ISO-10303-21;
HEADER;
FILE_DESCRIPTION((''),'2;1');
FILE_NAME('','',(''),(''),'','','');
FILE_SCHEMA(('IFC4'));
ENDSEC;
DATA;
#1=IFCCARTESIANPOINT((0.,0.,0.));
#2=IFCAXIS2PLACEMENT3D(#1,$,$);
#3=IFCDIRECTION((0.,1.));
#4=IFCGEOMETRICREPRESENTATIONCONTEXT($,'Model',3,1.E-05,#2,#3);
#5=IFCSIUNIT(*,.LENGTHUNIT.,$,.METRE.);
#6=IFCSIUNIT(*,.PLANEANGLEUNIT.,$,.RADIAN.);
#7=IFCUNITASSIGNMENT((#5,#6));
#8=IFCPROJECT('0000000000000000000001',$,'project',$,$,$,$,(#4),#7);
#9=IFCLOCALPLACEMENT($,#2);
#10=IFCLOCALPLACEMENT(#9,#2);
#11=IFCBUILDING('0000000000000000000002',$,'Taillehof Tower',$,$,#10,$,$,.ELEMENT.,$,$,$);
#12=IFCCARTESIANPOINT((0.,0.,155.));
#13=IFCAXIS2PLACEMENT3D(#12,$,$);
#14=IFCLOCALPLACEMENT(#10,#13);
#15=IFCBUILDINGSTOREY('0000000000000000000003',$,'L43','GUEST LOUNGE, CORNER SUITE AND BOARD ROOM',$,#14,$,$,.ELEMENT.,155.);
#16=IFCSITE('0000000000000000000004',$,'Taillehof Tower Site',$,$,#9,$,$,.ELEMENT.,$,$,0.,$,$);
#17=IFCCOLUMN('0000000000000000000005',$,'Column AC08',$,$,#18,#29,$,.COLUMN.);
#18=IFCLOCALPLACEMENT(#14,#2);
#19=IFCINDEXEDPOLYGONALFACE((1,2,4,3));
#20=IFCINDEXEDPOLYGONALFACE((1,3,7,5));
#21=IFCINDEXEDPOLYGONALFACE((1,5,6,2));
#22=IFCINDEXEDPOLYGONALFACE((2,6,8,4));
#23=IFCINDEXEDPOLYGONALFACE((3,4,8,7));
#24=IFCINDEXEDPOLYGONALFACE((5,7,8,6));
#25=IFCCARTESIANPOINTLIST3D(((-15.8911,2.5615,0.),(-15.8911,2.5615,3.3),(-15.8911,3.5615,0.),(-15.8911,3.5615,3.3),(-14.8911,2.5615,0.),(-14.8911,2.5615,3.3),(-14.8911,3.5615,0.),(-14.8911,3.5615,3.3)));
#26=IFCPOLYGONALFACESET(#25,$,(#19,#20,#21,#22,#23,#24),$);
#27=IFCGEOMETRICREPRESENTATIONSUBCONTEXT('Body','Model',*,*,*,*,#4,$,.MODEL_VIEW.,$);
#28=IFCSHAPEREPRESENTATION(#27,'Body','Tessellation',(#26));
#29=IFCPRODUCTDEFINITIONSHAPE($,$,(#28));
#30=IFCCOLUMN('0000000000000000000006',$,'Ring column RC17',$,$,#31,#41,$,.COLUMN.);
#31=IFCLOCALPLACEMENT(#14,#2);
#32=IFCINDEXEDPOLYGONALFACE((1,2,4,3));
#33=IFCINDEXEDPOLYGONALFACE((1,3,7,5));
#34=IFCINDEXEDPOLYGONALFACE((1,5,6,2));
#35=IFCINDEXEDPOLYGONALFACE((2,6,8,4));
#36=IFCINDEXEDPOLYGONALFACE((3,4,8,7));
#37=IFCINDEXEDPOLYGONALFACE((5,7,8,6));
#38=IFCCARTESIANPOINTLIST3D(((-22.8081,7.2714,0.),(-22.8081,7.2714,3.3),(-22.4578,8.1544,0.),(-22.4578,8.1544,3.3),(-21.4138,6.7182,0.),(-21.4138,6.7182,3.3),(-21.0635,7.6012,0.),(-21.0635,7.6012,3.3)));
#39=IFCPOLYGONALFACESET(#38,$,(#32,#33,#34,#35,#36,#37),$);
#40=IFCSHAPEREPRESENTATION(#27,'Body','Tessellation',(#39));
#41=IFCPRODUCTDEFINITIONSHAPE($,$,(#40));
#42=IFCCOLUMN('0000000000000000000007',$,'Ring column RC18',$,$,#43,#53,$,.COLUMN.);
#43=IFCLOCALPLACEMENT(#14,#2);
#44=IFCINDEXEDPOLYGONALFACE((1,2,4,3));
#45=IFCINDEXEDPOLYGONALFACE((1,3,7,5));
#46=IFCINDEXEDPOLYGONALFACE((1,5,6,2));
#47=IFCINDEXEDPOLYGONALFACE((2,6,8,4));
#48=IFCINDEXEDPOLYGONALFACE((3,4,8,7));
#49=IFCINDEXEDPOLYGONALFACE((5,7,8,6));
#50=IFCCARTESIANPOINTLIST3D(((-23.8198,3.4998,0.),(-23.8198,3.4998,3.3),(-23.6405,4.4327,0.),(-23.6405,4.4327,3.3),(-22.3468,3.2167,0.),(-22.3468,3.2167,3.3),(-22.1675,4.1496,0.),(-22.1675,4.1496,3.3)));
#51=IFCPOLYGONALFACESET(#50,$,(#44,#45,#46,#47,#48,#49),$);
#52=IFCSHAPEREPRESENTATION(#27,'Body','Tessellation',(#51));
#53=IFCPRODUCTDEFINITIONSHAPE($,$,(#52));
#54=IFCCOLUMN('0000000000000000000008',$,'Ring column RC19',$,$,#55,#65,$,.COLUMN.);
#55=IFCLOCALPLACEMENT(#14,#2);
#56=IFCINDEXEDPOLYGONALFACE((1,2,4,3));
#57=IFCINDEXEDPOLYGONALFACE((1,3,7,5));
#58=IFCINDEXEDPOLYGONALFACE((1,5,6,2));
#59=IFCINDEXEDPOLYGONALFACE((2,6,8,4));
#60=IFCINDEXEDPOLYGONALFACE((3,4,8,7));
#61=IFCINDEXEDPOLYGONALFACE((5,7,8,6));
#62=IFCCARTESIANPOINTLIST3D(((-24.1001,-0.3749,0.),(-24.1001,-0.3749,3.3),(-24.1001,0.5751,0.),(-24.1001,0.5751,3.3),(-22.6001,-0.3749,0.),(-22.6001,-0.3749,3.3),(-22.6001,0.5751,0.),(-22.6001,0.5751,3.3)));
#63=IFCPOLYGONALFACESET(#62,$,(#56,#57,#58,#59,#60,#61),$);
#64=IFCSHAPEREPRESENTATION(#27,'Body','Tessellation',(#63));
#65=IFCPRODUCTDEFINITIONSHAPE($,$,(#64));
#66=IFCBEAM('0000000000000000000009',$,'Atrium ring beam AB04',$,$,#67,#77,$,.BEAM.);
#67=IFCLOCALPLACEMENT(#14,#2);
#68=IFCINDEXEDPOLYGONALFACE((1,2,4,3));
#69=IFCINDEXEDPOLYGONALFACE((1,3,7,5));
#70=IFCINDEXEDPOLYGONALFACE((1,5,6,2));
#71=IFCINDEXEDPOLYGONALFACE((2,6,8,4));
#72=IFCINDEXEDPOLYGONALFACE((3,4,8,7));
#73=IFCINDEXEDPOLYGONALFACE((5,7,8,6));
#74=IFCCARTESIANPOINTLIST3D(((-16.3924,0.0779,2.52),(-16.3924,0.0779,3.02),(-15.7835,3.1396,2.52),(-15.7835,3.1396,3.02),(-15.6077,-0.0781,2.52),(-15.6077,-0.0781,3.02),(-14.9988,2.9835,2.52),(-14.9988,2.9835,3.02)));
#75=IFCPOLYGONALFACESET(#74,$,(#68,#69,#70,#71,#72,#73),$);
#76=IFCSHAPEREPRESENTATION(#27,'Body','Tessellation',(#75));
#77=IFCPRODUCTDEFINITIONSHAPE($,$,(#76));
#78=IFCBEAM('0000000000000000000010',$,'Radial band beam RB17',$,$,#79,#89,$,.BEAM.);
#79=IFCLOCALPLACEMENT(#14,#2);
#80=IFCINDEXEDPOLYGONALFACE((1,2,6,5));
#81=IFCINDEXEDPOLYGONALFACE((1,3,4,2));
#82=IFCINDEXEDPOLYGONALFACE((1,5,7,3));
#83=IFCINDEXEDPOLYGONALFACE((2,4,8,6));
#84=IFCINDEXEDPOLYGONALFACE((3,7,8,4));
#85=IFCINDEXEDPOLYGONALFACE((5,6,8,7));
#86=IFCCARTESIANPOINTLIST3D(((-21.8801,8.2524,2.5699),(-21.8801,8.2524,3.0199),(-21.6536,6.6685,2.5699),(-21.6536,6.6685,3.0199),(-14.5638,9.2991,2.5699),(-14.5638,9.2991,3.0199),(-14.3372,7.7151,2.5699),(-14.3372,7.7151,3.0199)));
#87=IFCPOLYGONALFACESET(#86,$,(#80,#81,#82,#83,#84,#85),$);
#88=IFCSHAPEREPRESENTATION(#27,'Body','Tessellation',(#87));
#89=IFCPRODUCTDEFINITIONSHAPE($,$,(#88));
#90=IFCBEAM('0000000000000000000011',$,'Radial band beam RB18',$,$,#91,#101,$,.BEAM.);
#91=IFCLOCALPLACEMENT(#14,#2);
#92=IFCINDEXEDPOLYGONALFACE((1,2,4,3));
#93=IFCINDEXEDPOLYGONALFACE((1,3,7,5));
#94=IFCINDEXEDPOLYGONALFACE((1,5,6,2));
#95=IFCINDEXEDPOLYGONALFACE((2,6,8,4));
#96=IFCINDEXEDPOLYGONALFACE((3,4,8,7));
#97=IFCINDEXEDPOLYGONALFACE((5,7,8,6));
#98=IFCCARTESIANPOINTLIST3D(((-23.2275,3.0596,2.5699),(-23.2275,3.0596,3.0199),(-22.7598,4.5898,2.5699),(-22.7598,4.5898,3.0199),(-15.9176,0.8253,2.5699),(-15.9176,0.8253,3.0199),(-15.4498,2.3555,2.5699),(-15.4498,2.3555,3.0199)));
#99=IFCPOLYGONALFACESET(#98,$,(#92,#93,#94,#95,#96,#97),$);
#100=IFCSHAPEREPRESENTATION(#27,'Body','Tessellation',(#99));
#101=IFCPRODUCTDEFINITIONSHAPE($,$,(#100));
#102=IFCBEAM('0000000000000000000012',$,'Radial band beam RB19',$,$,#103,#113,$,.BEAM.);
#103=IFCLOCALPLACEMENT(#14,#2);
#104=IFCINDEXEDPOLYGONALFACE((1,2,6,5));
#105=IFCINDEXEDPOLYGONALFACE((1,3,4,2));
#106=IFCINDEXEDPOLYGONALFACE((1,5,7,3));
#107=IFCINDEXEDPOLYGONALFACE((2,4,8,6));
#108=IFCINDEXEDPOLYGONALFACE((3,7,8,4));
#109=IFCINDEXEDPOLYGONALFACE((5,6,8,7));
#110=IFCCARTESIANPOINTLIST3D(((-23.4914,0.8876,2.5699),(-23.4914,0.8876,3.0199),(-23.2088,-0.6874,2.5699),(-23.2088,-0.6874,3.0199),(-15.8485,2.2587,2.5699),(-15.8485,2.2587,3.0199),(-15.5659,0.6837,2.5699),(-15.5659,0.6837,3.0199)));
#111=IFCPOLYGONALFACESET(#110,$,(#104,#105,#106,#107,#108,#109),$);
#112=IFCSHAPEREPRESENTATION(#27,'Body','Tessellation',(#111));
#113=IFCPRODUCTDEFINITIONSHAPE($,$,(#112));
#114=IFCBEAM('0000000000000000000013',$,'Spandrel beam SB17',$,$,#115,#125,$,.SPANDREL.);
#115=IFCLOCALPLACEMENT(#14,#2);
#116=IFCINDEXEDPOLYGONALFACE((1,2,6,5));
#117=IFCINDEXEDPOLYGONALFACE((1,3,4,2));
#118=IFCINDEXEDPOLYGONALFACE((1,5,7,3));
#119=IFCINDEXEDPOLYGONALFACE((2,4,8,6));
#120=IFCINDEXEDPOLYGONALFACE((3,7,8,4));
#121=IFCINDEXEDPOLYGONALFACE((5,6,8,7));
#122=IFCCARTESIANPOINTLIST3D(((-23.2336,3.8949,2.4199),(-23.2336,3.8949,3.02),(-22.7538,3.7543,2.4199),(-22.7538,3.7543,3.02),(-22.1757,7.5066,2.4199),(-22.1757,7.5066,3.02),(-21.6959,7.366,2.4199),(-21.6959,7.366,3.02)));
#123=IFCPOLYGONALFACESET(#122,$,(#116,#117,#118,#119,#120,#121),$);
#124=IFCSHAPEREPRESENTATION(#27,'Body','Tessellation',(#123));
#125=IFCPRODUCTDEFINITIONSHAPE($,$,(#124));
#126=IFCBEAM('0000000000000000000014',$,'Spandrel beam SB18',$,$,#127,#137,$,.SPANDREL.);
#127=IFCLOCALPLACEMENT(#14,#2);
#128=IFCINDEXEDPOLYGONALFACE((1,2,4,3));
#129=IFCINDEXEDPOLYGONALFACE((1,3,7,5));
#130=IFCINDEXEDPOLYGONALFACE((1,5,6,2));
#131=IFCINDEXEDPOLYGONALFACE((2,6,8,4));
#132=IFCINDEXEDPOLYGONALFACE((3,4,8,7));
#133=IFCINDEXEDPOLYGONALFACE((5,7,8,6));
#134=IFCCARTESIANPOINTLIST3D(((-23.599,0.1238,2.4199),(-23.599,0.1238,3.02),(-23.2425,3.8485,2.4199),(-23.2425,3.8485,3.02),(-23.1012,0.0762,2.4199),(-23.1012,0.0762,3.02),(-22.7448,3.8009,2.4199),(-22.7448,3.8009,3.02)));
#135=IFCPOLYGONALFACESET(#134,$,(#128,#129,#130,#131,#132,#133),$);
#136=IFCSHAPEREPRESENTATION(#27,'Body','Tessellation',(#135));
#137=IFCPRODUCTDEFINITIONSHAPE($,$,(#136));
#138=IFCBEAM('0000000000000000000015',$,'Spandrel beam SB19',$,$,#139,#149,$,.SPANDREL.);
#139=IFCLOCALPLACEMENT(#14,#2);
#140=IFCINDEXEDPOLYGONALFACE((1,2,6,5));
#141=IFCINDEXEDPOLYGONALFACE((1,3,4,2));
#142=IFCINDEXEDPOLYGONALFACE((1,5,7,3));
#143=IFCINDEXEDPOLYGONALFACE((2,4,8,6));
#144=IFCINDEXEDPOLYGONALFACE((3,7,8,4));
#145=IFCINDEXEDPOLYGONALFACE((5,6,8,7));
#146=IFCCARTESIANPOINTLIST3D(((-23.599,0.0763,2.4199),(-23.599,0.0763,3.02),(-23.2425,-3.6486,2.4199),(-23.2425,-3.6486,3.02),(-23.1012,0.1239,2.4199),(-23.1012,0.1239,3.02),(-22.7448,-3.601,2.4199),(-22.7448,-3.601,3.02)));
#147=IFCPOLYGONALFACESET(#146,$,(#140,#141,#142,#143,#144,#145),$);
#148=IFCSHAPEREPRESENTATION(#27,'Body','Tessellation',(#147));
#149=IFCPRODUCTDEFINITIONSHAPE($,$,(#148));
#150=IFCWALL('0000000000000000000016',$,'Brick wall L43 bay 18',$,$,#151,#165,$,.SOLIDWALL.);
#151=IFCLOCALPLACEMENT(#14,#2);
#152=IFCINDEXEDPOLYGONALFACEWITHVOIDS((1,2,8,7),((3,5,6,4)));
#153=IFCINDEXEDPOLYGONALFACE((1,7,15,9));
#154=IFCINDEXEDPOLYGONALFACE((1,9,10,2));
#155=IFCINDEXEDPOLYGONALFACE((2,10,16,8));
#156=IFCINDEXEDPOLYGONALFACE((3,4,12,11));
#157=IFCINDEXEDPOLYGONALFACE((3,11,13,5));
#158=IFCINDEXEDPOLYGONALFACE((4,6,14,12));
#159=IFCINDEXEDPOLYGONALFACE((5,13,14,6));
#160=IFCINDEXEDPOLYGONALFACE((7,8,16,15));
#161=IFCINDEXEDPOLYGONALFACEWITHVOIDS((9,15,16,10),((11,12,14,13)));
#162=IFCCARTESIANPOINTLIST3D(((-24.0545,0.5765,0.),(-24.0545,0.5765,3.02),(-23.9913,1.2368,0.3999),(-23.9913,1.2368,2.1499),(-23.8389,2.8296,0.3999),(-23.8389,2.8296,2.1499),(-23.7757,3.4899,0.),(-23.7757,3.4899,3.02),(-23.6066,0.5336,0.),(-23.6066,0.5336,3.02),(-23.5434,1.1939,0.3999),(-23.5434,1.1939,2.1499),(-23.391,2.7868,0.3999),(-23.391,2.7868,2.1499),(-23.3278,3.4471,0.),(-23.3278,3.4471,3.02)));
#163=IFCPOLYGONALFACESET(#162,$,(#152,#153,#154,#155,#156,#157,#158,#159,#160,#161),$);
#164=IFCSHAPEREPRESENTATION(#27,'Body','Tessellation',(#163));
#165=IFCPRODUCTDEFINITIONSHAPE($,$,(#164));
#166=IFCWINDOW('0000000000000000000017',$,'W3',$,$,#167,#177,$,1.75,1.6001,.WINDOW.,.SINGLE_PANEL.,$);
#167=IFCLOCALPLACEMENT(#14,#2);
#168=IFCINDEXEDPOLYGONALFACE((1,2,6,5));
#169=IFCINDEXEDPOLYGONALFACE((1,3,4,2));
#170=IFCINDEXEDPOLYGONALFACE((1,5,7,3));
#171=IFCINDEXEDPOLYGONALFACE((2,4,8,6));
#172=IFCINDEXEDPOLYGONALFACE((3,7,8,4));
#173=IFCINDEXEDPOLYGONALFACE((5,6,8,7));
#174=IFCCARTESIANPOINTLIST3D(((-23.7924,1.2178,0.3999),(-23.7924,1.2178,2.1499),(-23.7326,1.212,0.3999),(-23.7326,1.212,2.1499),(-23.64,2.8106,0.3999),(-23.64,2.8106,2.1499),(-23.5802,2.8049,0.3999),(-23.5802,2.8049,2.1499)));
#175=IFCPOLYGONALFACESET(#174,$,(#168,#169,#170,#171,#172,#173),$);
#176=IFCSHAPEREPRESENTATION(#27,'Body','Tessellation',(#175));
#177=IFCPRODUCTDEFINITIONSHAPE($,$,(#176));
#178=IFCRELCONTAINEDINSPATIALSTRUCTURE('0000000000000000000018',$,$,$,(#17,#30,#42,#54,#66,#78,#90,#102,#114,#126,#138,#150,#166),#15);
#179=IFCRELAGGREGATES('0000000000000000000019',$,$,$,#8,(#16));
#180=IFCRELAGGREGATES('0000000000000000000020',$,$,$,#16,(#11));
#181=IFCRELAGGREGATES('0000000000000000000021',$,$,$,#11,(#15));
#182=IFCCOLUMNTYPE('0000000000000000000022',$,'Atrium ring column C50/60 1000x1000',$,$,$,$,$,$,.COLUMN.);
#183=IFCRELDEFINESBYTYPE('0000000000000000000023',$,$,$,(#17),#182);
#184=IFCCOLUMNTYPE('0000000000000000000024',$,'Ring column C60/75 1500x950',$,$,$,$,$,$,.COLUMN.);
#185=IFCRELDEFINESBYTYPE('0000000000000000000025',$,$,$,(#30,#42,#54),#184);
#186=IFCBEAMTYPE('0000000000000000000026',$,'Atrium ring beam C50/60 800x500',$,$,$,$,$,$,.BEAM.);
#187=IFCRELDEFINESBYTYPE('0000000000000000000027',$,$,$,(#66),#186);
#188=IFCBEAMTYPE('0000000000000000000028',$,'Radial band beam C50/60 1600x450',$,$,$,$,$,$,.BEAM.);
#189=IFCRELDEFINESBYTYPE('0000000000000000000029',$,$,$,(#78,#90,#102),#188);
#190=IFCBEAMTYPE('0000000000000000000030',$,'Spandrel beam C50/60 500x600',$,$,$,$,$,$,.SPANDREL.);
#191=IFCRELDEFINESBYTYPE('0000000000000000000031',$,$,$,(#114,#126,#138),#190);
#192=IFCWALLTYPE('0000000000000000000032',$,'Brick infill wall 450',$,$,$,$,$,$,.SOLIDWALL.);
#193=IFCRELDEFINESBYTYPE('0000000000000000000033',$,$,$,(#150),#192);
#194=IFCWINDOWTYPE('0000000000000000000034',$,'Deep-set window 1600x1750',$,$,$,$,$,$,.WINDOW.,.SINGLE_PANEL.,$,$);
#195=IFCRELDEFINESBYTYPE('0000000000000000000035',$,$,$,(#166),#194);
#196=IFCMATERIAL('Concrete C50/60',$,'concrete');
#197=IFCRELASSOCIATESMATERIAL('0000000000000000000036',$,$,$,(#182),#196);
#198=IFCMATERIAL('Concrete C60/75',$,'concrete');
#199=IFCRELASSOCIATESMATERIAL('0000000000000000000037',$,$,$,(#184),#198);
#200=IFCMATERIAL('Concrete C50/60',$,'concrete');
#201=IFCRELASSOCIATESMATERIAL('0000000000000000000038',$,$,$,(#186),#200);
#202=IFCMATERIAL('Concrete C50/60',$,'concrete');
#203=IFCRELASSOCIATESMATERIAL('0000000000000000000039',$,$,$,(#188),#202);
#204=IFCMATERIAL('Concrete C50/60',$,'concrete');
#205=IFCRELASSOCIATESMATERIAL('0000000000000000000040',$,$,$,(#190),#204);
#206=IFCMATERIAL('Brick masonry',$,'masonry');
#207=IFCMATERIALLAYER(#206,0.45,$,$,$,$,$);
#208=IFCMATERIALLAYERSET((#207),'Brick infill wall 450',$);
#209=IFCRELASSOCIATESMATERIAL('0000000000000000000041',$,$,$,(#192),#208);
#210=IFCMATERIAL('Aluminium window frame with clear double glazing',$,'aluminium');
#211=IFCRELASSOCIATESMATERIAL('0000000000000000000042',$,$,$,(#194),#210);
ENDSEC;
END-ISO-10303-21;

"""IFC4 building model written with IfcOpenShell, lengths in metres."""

from ifc_helpers import new_model, si_unit, direction, frame, frame_2d, origin, origin_2d, place, context, subcontext, project, spatial, rectangle, extrude, material, layer, layer_set, material_profile, profile_set, type_object, element, fill, save


model = new_model("IFC4")

# Units and contexts
model_context = context("Model", 3, precision=1e-05, world=origin(), true_north=direction((0.0, 1.0)))
body_context = subcontext(model_context, "Body", "Model", "MODEL_VIEW")
ifc_project = project(units=[si_unit("LENGTHUNIT", "METRE"), si_unit("PLANEANGLEUNIT", "RADIAN")], contexts=[model_context])

# Site, building, storey
site_placement = place(None, origin())
site = spatial("IfcSite", under=ifc_project, at=site_placement, Name="Taillehof Tower Site", CompositionType="ELEMENT", RefElevation=0.0)
building_placement = place(site_placement, origin())
building = spatial("IfcBuilding", under=site, at=building_placement, Name="Taillehof Tower", CompositionType="ELEMENT")
storey_placement = place(building_placement, frame((0.0, 0.0, 155.0)))
storey = spatial("IfcBuildingStorey", under=building, at=storey_placement, Name="L43", Description="GUEST LOUNGE, CORNER SUITE AND BOARD ROOM", CompositionType="ELEMENT", Elevation=155.0)

# Columns
ifc_material_1 = material(Name="Concrete C50/60", Category="concrete")
ifc_material_profile_1 = material_profile(ifc_material_1, rectangle(XDim=1.0, YDim=1.0, at=origin_2d()), Name="RC 1000x1000")
ifc_profile_set_1 = profile_set([ifc_material_profile_1], Name="Concrete C50/60")
column_type_1 = type_object("IfcColumnType", Name="Atrium ring column C50/60 1000x1000", PredefinedType="COLUMN", material=ifc_profile_set_1)
column_placement = place(storey_placement, frame((-15.3911, 3.0615, 0.0), z_axis=(0.0, 0.0, 1.0), x_axis=(1.0, 0.0, 0.0)))
element("IfcColumn", 1, at=column_placement, inside=storey, type_object=column_type_1, Name="Column AC08", PredefinedType="COLUMN", context=body_context, shape_type="SweptSolid", body=[
    extrude(rectangle(XDim=1.0, YDim=1.0, at=origin_2d()), origin(), (0.0, 0.0, 1.0), 3.3),
])
ifc_material_2 = material(Name="Concrete C60/75", Category="concrete")
ifc_material_profile_2 = material_profile(ifc_material_2, rectangle(XDim=1.5, YDim=0.95, at=origin_2d()), Name="RC 1500x950")
ifc_profile_set_2 = profile_set([ifc_material_profile_2], Name="Concrete C60/75")
column_type_2 = type_object("IfcColumnType", Name="Ring column C60/75 1500x950", PredefinedType="COLUMN", material=ifc_profile_set_2)
for number, where, z_axis, x_axis, name in (
    (2, (-21.9358, 7.4363, 0.0), (0.0, 0.0, 1.0), (-0.929511, 0.368793, 0.0), "Ring column RC17"),
    (3, (-22.9937, 3.8247, 0.0), (0.0, 0.0, 1.0), (-0.982024, 0.188757, 0.0), "Ring column RC18"),
    (4, (-23.3501, 0.1001, 0.0), (0.0, 0.0, 1.0), (-1.0, 0.0, 0.0), "Ring column RC19"),
):
    element("IfcColumn", number, at=place(storey_placement, frame(where, z_axis=z_axis, x_axis=x_axis)), inside=storey, type_object=column_type_2, Name=name, PredefinedType="COLUMN", context=body_context, shape_type="SweptSolid", body=[
        extrude(rectangle(XDim=1.5, YDim=0.95, at=origin_2d()), origin(), (0.0, 0.0, 1.0), 3.3),
    ])

# Beams
ifc_material_3 = material(Name="Concrete C50/60", Category="concrete")
ifc_material_profile_3 = material_profile(ifc_material_3, rectangle(XDim=0.8, YDim=0.5, at=origin_2d()), Name="RC 800x500")
ifc_profile_set_3 = profile_set([ifc_material_profile_3], Name="Concrete C50/60")
beam_type_1 = type_object("IfcBeamType", Name="Atrium ring beam C50/60 800x500", PredefinedType="BEAM", material=ifc_profile_set_3)
beam_1_placement = place(storey_placement, frame((-15.3911, 3.0615, 2.77), z_axis=(-0.195063, -0.980791, 0.0), x_axis=(0.980791, -0.195063, 0.0)))
element("IfcBeam", 5, at=beam_1_placement, inside=storey, type_object=beam_type_1, Name="Atrium ring beam AB04", PredefinedType="BEAM", context=body_context, shape_type="SweptSolid", body=[
    extrude(rectangle(XDim=0.8, YDim=0.5, at=origin_2d()), origin(), (0.0, 0.0, 1.0), 3.1216),
])
ifc_material_4 = material(Name="Concrete C50/60", Category="concrete")
ifc_material_profile_4 = material_profile(ifc_material_4, rectangle(XDim=1.6001, YDim=0.45, at=origin_2d()), Name="RC 1600x450")
ifc_profile_set_4 = profile_set([ifc_material_profile_4], Name="Concrete C50/60")
beam_type_2 = type_object("IfcBeamType", Name="Radial band beam C50/60 1600x450", PredefinedType="BEAM", material=ifc_profile_set_4)
beam_2_placement = place(storey_placement, frame((-21.7668, 7.4604, 2.7949), z_axis=(0.989922, 0.141611, 0.0), x_axis=(-0.141611, 0.989922, 0.0)))
element("IfcBeam", 6, at=beam_2_placement, inside=storey, type_object=beam_type_2, Name="Radial band beam RB17", PredefinedType="BEAM", context=body_context, shape_type="SweptSolid", body=[
    extrude(rectangle(XDim=1.6001, YDim=0.45, at=origin_2d()), origin(), (0.0, 0.0, 1.0), 7.3909),
])
beam_3_placement = place(storey_placement, frame((-22.9937, 3.8247, 2.7949), z_axis=(0.956324, -0.292308, 0.0), x_axis=(0.292308, 0.956324, 0.0)))
element("IfcBeam", 7, at=beam_3_placement, inside=storey, type_object=beam_type_2, Name="Radial band beam RB18", PredefinedType="BEAM", context=body_context, shape_type="SweptSolid", body=[
    extrude(rectangle(XDim=1.6001, YDim=0.45, at=origin_2d()), origin(), (0.0, 0.0, 1.0), 7.6438),
])
beam_4_placement = place(storey_placement, frame((-23.3501, 0.1001, 2.7949), z_axis=(0.984287, 0.176577, 0.0), x_axis=(-0.176577, 0.984287, 0.0)))
element("IfcBeam", 8, at=beam_4_placement, inside=storey, type_object=beam_type_2, Name="Radial band beam RB19", PredefinedType="BEAM", context=body_context, shape_type="SweptSolid", body=[
    extrude(rectangle(XDim=1.6001, YDim=0.45, at=origin_2d()), origin(), (0.0, 0.0, 1.0), 7.7649),
])
ifc_material_5 = material(Name="Concrete C50/60", Category="concrete")
ifc_material_profile_5 = material_profile(ifc_material_5, rectangle(XDim=0.5, YDim=0.6001, at=origin_2d()), Name="RC 500x600")
ifc_profile_set_5 = profile_set([ifc_material_profile_5], Name="Concrete C50/60")
beam_type_3 = type_object("IfcBeamType", Name="Spandrel beam C50/60 500x600", PredefinedType="SPANDREL", material=ifc_profile_set_5)
beam_5_placement = place(storey_placement, frame((-21.9358, 7.4363, 2.72), z_axis=(-0.281098, -0.959679, 0.0), x_axis=(0.959679, -0.281098, 0.0)))
element("IfcBeam", 9, at=beam_5_placement, inside=storey, type_object=beam_type_3, Name="Spandrel beam SB17", PredefinedType="SPANDREL", context=body_context, shape_type="SweptSolid", body=[
    extrude(rectangle(XDim=0.5, YDim=0.6001, at=origin_2d()), origin(), (0.0, 0.0, 1.0), 3.7634),
])
beam_6_placement = place(storey_placement, frame((-22.9937, 3.8247, 2.72), z_axis=(-0.095265, -0.995452, 0.0), x_axis=(0.995452, -0.095265, 0.0)))
element("IfcBeam", 10, at=beam_6_placement, inside=storey, type_object=beam_type_3, Name="Spandrel beam SB18", PredefinedType="SPANDREL", context=body_context, shape_type="SweptSolid", body=[
    extrude(rectangle(XDim=0.5, YDim=0.6001, at=origin_2d()), origin(), (0.0, 0.0, 1.0), 3.7417),
])
beam_7_placement = place(storey_placement, frame((-23.3501, 0.1001, 2.72), z_axis=(0.095259, -0.995453, 0.0), x_axis=(0.995453, 0.095259, 0.0)))
element("IfcBeam", 11, at=beam_7_placement, inside=storey, type_object=beam_type_3, Name="Spandrel beam SB19", PredefinedType="SPANDREL", context=body_context, shape_type="SweptSolid", body=[
    extrude(rectangle(XDim=0.5, YDim=0.6001, at=origin_2d()), origin(), (0.0, 0.0, 1.0), 3.7419),
])

# Wall, opening, window
ifc_material_6 = material(Name="Brick masonry", Category="masonry")
ifc_layer_1 = layer(ifc_material_6, 0.45)
ifc_layer_set_1 = layer_set([ifc_layer_1], Name="Brick infill wall 450")
wall_type_1 = type_object("IfcWallType", Name="Brick infill wall 450", PredefinedType="SOLIDWALL", material=ifc_layer_set_1)
wall_1_placement = place(storey_placement, frame((-23.5518, 3.4685, 0.0), z_axis=(0.0, 0.0, 1.0), x_axis=(-0.095266, -0.995452, 0.0)))
wall_1 = element("IfcWall", 12, at=wall_1_placement, inside=storey, type_object=wall_type_1, Name="Brick wall L43 bay 18", PredefinedType="SOLIDWALL", context=body_context, shape_type="SweptSolid", body=[
    extrude(rectangle(XDim=2.9268, YDim=0.45, at=frame_2d((1.4634, 0.0))), origin(), (0.0, 0.0, 1.0), 3.02),
])
opening_1_placement = place(wall_1_placement, frame((0.6633, 0.0, 0.3999)))
opening_1 = element("IfcOpeningElement", 13, at=opening_1_placement, cuts=wall_1, PredefinedType="OPENING", context=body_context, shape_type="SweptSolid", body=[
    extrude(rectangle(XDim=1.6001, YDim=1.75, at=frame_2d((0.8, 0.875))), frame((0.0, 0.2349, 0.0), z_axis=(0.0, -1.0, 0.0), x_axis=(1.0, 0.0, 0.0)), (0.0, 0.0, 1.0), 0.47),
])
ifc_material_7 = material(Name="Aluminium window frame with clear double glazing", Category="aluminium")
window_type_1 = type_object("IfcWindowType", Name="Deep-set window 1600x1750", PartitioningType="SINGLE_PANEL", PredefinedType="WINDOW", material=ifc_material_7)
window_1_placement = place(opening_1_placement, origin())
window_1 = element("IfcWindow", 14, at=window_1_placement, inside=storey, type_object=window_type_1, Name="W3", OverallHeight=1.75, OverallWidth=1.6001, PartitioningType="SINGLE_PANEL", PredefinedType="WINDOW", context=body_context, shape_type="SweptSolid", body=[
    extrude(rectangle(XDim=1.6001, YDim=1.75, at=frame_2d((0.8, 0.875))), frame((0.0, 0.0349, 0.0), z_axis=(0.0, -1.0, 0.0), x_axis=(1.0, 0.0, 0.0)), (0.0, 0.0, 1.0), 0.0601),
])
fill(opening_1, window_1)

save(model, "model.ifc")
